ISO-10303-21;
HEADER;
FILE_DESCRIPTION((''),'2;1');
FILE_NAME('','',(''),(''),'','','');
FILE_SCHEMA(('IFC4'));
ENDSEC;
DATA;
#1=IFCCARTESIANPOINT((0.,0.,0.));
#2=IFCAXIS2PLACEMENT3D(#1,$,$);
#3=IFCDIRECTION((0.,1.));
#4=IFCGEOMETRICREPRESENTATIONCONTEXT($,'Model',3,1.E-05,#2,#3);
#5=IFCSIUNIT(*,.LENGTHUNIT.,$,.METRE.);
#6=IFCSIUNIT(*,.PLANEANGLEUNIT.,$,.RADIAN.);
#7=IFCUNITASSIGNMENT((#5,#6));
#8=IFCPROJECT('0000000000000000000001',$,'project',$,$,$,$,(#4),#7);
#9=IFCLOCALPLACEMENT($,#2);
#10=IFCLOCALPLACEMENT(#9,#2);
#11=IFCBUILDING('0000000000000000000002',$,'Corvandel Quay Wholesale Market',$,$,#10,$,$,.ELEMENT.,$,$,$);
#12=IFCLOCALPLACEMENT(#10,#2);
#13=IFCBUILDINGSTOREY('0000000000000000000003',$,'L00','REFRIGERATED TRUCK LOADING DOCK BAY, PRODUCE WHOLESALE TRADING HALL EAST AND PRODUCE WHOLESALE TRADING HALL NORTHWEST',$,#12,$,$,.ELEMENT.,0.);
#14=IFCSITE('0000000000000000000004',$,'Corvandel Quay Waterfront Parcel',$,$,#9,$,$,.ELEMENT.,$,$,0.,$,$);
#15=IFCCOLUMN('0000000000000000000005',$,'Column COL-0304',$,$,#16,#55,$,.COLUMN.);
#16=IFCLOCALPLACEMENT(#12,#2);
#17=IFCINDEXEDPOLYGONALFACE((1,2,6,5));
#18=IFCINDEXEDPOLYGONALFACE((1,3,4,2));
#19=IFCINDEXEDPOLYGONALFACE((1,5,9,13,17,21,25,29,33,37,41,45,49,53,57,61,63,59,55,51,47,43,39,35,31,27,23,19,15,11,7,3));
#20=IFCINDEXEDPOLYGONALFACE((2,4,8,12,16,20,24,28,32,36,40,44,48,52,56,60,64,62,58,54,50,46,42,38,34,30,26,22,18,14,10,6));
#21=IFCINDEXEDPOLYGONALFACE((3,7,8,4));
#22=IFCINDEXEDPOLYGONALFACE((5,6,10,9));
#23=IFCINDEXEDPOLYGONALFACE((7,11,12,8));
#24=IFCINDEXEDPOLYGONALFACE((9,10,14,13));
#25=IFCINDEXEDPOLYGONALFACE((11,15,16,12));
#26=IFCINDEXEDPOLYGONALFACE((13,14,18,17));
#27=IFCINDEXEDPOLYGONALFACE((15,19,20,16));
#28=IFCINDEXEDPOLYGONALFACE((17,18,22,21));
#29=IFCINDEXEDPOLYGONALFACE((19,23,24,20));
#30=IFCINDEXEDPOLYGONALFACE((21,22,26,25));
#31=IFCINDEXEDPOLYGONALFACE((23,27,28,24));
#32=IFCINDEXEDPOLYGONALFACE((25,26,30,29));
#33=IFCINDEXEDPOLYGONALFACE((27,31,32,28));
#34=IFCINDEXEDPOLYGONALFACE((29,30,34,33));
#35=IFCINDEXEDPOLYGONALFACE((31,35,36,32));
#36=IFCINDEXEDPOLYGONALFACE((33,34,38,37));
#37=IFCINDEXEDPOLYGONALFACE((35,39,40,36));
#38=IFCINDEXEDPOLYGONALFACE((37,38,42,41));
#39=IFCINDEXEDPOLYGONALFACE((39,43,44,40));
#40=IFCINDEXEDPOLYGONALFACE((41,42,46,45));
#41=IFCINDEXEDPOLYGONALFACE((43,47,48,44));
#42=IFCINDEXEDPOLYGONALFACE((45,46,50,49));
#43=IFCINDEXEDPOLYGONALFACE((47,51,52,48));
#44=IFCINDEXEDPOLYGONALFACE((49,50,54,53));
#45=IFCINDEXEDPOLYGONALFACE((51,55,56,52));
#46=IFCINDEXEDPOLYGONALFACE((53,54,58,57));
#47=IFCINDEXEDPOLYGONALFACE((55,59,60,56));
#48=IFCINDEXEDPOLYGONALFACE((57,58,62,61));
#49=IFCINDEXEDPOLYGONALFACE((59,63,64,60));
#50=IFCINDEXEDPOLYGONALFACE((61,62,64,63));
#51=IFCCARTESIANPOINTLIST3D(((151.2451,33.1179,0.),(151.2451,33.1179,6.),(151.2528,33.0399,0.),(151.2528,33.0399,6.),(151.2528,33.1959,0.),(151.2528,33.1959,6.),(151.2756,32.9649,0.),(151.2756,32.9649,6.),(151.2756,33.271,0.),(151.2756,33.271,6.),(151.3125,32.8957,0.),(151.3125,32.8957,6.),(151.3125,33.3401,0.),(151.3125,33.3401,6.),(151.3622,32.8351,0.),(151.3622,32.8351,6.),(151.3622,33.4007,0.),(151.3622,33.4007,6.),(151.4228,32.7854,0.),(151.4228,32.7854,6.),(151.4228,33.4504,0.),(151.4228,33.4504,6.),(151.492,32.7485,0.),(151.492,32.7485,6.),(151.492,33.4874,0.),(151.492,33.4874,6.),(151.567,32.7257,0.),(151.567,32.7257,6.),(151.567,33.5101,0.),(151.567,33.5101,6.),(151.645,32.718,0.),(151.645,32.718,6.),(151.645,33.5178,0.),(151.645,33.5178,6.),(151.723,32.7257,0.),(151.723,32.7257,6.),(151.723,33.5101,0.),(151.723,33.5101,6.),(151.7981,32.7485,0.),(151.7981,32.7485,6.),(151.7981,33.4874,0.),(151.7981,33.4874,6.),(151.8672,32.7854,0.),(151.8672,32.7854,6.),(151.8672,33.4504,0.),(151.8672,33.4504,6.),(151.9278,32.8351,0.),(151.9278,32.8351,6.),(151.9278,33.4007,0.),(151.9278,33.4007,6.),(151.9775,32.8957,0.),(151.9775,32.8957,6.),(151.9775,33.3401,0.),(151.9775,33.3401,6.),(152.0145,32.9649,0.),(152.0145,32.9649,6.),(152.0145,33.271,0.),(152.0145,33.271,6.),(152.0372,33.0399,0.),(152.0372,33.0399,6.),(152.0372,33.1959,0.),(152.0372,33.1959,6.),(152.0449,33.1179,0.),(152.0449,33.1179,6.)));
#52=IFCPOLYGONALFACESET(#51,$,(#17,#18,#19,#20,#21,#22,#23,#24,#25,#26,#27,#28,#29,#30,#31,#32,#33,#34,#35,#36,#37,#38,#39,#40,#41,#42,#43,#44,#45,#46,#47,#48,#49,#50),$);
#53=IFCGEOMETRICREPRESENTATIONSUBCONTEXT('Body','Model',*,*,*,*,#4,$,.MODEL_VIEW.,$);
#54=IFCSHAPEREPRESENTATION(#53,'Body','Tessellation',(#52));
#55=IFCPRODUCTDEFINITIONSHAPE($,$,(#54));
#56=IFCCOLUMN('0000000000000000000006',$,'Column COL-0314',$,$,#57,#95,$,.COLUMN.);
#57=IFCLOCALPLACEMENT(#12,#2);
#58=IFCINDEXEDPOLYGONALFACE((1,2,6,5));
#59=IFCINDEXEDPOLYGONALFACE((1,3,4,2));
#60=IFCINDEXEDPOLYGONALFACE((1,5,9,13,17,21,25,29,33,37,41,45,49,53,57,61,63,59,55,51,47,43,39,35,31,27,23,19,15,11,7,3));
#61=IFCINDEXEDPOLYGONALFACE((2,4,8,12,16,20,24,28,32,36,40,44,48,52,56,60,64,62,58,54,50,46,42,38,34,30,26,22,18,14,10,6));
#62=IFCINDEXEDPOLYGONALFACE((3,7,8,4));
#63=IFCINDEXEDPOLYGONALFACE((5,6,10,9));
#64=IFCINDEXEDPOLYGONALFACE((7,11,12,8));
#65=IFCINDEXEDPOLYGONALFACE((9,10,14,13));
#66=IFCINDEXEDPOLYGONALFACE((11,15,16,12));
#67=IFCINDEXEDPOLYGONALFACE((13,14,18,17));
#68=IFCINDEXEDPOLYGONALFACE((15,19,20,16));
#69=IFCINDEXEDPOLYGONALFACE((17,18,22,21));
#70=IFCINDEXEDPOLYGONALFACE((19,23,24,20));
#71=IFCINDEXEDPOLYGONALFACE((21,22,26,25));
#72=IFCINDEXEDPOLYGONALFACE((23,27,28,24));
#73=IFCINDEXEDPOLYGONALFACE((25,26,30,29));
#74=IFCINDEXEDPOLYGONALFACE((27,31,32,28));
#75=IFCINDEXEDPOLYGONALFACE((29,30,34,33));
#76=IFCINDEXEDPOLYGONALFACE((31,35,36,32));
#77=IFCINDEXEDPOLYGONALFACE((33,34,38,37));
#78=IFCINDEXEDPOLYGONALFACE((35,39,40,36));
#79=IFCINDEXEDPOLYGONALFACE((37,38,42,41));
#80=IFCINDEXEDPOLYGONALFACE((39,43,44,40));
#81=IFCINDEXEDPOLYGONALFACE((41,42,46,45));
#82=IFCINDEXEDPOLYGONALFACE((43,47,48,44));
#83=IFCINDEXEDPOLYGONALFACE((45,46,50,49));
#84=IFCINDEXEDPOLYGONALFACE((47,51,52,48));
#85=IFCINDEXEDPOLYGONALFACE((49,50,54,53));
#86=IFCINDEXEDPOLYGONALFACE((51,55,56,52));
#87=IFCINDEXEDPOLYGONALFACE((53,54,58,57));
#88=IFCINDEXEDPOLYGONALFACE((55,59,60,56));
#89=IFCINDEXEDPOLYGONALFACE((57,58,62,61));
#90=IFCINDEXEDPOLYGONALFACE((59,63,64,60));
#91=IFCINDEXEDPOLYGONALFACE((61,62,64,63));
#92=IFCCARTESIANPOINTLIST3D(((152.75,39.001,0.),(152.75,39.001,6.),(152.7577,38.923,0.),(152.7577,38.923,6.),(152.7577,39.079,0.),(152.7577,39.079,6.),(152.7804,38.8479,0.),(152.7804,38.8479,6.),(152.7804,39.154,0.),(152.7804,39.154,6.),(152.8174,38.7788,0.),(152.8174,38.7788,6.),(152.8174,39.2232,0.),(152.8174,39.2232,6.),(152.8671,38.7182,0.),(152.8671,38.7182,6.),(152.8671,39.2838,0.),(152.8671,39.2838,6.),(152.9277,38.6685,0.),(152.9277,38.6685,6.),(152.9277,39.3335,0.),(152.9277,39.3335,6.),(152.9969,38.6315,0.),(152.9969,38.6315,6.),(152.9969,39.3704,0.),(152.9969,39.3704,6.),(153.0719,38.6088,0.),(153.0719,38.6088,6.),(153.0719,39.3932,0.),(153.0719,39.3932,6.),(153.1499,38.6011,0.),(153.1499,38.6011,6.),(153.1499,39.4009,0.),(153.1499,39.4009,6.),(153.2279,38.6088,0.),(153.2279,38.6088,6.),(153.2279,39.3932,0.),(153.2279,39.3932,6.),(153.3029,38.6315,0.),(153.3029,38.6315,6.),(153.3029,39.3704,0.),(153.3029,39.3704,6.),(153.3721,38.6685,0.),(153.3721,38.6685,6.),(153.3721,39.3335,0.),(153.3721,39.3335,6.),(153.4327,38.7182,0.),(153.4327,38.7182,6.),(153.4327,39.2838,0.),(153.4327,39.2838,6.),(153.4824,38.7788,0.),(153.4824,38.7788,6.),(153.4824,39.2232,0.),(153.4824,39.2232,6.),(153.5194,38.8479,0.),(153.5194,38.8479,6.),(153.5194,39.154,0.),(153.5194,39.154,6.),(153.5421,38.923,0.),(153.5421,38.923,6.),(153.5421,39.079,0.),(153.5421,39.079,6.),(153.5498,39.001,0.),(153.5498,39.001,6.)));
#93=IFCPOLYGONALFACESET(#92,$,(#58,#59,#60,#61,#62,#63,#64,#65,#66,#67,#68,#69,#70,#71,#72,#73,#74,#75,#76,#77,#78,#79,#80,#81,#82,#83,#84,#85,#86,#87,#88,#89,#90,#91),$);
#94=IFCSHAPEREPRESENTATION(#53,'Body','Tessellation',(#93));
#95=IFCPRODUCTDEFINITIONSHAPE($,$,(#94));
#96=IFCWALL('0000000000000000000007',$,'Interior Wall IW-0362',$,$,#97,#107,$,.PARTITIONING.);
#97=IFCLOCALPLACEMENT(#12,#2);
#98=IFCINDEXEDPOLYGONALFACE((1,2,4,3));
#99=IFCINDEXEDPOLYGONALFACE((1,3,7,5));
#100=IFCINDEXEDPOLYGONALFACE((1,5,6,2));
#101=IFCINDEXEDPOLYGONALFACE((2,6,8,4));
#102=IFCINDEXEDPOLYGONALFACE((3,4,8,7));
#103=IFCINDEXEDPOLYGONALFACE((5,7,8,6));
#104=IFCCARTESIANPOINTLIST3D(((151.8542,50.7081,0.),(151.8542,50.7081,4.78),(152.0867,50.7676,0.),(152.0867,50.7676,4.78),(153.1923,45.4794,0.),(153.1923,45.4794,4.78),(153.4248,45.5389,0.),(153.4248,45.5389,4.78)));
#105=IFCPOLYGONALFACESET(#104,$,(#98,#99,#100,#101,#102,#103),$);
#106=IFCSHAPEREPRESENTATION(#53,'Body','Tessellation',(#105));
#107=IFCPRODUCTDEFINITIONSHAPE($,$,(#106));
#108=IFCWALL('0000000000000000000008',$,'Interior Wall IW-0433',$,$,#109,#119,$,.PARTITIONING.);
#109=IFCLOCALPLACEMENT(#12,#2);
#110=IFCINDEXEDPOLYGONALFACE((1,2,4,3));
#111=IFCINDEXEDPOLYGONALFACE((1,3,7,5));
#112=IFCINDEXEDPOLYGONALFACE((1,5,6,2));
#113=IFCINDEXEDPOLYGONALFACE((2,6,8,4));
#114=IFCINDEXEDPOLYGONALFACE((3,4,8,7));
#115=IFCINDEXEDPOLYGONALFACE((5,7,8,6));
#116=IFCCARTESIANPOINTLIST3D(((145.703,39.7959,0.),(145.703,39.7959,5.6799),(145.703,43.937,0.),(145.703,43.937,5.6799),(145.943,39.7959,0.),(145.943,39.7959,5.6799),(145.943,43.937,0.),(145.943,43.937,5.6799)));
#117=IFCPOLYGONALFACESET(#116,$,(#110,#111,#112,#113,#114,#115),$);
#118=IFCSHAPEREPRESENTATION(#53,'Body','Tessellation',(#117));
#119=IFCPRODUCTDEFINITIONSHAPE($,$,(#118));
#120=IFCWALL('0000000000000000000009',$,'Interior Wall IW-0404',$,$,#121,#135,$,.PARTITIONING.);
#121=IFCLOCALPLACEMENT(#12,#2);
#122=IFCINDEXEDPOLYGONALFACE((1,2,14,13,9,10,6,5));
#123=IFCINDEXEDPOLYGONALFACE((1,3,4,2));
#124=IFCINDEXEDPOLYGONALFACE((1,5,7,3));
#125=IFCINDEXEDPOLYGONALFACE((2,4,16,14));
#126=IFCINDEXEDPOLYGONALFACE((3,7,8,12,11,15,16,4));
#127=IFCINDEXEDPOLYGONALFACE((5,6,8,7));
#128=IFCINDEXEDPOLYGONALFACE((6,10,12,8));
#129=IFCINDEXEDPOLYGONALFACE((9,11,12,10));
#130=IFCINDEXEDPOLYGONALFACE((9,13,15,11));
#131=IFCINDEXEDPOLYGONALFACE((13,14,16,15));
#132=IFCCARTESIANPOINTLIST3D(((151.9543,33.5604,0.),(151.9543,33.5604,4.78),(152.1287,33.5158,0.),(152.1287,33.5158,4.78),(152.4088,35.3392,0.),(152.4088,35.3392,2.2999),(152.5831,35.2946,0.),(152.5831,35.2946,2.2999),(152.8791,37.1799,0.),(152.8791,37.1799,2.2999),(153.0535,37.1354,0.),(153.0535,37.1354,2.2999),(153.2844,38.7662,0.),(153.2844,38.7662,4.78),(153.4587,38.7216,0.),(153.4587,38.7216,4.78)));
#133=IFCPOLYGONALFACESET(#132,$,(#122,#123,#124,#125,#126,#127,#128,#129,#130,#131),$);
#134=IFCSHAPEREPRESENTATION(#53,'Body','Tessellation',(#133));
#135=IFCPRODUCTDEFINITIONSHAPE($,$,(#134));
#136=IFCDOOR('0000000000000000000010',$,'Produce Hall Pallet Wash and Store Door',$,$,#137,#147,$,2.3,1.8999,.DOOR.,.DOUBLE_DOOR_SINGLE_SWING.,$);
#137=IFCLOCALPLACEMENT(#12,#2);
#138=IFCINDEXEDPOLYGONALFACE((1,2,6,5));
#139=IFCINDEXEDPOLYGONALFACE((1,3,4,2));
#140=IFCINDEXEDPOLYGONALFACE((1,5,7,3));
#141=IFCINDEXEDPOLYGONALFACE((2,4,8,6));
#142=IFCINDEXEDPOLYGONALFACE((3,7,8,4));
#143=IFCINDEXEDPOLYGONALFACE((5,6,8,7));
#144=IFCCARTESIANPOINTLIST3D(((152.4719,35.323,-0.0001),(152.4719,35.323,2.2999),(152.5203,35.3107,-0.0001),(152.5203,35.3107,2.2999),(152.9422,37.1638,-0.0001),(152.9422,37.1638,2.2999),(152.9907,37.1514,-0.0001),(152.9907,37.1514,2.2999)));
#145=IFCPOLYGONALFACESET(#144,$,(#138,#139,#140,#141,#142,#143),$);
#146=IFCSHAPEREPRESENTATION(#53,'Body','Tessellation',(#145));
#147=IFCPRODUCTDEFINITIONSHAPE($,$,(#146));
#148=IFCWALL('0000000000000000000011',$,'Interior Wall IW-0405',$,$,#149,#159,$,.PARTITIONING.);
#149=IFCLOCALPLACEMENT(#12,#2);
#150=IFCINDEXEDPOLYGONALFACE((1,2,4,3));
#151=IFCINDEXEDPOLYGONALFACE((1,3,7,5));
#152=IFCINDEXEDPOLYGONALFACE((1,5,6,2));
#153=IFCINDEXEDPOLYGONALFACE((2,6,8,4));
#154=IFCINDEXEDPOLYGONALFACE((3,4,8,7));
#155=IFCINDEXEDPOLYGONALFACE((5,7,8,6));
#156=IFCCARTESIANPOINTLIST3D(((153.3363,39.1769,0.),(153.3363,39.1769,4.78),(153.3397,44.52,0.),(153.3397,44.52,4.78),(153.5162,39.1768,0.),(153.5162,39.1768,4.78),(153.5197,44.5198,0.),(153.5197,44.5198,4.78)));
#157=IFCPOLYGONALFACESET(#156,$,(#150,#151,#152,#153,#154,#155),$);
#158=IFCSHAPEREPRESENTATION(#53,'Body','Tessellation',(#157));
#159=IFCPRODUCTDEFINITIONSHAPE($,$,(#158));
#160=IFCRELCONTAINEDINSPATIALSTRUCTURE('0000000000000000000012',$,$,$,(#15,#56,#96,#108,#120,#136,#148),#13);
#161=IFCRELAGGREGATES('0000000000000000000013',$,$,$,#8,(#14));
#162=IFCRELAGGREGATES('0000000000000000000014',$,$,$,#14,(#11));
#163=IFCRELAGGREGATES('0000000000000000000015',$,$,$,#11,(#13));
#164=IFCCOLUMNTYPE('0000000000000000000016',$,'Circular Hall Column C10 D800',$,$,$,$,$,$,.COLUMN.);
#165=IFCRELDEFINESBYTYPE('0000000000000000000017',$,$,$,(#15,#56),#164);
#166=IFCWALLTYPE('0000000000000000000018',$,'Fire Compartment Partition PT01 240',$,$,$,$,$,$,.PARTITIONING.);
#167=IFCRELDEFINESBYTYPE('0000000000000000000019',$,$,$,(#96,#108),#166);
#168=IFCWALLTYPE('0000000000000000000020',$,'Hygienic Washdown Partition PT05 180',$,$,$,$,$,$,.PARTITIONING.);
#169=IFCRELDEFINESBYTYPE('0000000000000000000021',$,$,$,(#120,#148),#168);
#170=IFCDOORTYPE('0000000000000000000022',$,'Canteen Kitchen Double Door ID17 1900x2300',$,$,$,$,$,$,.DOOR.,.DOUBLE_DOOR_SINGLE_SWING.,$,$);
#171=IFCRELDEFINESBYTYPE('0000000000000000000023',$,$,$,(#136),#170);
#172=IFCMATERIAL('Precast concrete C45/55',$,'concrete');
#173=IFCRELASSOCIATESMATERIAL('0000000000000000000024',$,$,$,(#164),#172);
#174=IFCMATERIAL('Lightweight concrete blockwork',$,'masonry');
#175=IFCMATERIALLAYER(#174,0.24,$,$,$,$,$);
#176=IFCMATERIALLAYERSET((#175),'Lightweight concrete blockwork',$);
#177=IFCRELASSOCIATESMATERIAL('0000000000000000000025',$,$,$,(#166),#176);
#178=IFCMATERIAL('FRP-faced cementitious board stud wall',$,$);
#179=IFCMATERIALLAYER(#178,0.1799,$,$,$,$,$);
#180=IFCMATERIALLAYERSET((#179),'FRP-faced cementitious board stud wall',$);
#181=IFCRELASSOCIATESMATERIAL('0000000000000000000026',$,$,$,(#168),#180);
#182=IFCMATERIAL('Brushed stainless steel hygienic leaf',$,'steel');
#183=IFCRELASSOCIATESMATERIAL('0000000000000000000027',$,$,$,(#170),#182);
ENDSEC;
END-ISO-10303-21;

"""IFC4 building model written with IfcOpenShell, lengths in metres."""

from ifc_helpers import new_model, si_unit, direction, frame, frame_2d, origin, origin_2d, place, context, subcontext, project, spatial, rectangle, circle, extrude, material, layer, layer_set, material_profile, profile_set, type_object, element, fill, save


model = new_model("IFC4")

# Units and contexts
model_context = context("Model", 3, precision=1e-05, world=origin(), true_north=direction((0.0, 1.0)))
body_context = subcontext(model_context, "Body", "Model", "MODEL_VIEW")
ifc_project = project(units=[si_unit("LENGTHUNIT", "METRE"), si_unit("PLANEANGLEUNIT", "RADIAN")], contexts=[model_context])

# Site, building, storey
site_placement = place(None, origin())
site = spatial("IfcSite", under=ifc_project, at=site_placement, Name="Corvandel Quay Waterfront Parcel", CompositionType="ELEMENT", RefElevation=0.0)
building_placement = place(site_placement, origin())
building = spatial("IfcBuilding", under=site, at=building_placement, Name="Corvandel Quay Wholesale Market", CompositionType="ELEMENT")
storey_placement = place(building_placement, origin())
storey = spatial("IfcBuildingStorey", under=building, at=storey_placement, Name="L00", Description="REFRIGERATED TRUCK LOADING DOCK BAY, PRODUCE WHOLESALE TRADING HALL EAST AND PRODUCE WHOLESALE TRADING HALL NORTHWEST", CompositionType="ELEMENT", Elevation=0.0)

# Columns
ifc_material_1 = material(Name="Precast concrete C45/55", Category="concrete")
ifc_material_profile_1 = material_profile(ifc_material_1, circle(Radius=0.3999, at=origin_2d()), Name="PC-COL-D800")
ifc_profile_set_1 = profile_set([ifc_material_profile_1], Name="Precast concrete C45/55")
column_type = type_object("IfcColumnType", Name="Circular Hall Column C10 D800", PredefinedType="COLUMN", material=ifc_profile_set_1)
for number, where, z_axis, x_axis, name in (
    (1, (151.645, 33.1179, 0.0), (0.0, 0.0, 1.0), (1.0, 0.0, 0.0), "Column COL-0304"),
    (2, (153.1499, 39.001, 0.0), (0.0, 0.0, 1.0), (1.0, 0.0, 0.0), "Column COL-0314"),
):
    element("IfcColumn", number, at=place(storey_placement, frame(where, z_axis=z_axis, x_axis=x_axis)), inside=storey, type_object=column_type, Name=name, PredefinedType="COLUMN", context=body_context, shape_type="SweptSolid", body=[
        extrude(circle(Radius=0.3999, at=origin_2d()), origin(), (0.0, 0.0, 1.0), 6.0),
    ])

# Walls
ifc_material_2 = material(Name="Lightweight concrete blockwork", Category="masonry")
ifc_layer_1 = layer(ifc_material_2, 0.24)
ifc_layer_set_1 = layer_set([ifc_layer_1], Name="Lightweight concrete blockwork")
wall_type_1 = type_object("IfcWallType", Name="Fire Compartment Partition PT01 240", PredefinedType="PARTITIONING", material=ifc_layer_set_1)
wall_1_placement = place(storey_placement, frame((153.3086, 45.509, 0.0), z_axis=(0.0, 0.0, 1.0), x_axis=(-0.247928, 0.968778, 0.0)))
element("IfcWall", 3, at=wall_1_placement, inside=storey, type_object=wall_type_1, Name="Interior Wall IW-0362", PredefinedType="PARTITIONING", context=body_context, shape_type="SweptSolid", body=[
    extrude(rectangle(XDim=5.3972, YDim=0.24, at=frame_2d((2.6987, 0.0))), origin(), (0.0, 0.0, 1.0), 4.78),
])
wall_2_placement = place(storey_placement, frame((145.823, 43.937, 0.0), z_axis=(0.0, 0.0, 1.0), x_axis=(0.0, -1.0, 0.0)))
element("IfcWall", 4, at=wall_2_placement, inside=storey, type_object=wall_type_1, Name="Interior Wall IW-0433", PredefinedType="PARTITIONING", context=body_context, shape_type="SweptSolid", body=[
    extrude(rectangle(XDim=4.1411, YDim=0.24, at=frame_2d((2.0706, 0.0))), origin(), (0.0, 0.0, 1.0), 5.6799),
])

# Wall, opening, door
ifc_material_3 = material(Name="FRP-faced cementitious board stud wall")
ifc_layer_2 = layer(ifc_material_3, 0.1799)
ifc_layer_set_2 = layer_set([ifc_layer_2], Name="FRP-faced cementitious board stud wall")
wall_type_2 = type_object("IfcWallType", Name="Hygienic Washdown Partition PT05 180", PredefinedType="PARTITIONING", material=ifc_layer_set_2)
wall_3_placement = place(storey_placement, frame((152.0415, 33.5381, 0.0), z_axis=(0.0, 0.0, 1.0), x_axis=(0.247547, 0.968876, 0.0)))
wall_3 = element("IfcWall", 5, at=wall_3_placement, inside=storey, type_object=wall_type_2, Name="Interior Wall IW-0404", PredefinedType="PARTITIONING", context=body_context, shape_type="SweptSolid", body=[
    extrude(rectangle(XDim=5.373, YDim=0.1799, at=frame_2d((2.6865, 0.0))), origin(), (0.0, 0.0, 1.0), 4.78),
])
opening_1_placement = place(wall_3_placement, frame((1.8359, 0.0, 0.0)))
opening_1 = element("IfcOpeningElement", 6, at=opening_1_placement, cuts=wall_3, PredefinedType="OPENING", context=body_context, shape_type="SweptSolid", body=[
    extrude(rectangle(XDim=1.8999, YDim=2.3, at=frame_2d((0.95, 1.1499))), frame((0.0, 0.0999, 0.0), z_axis=(0.0, -1.0, 0.0), x_axis=(1.0, 0.0, 0.0)), (0.0, 0.0, 1.0), 0.2),
])
ifc_material_4 = material(Name="Brushed stainless steel hygienic leaf", Category="steel")
door_type_1 = type_object("IfcDoorType", Name="Canteen Kitchen Double Door ID17 1900x2300", OperationType="DOUBLE_DOOR_SINGLE_SWING", PredefinedType="DOOR", material=ifc_material_4)
door_1_placement = place(opening_1_placement, origin())
door_1 = element("IfcDoor", 7, at=door_1_placement, inside=storey, type_object=door_type_1, Name="Produce Hall Pallet Wash and Store Door", OperationType="DOUBLE_DOOR_SINGLE_SWING", OverallHeight=2.3, OverallWidth=1.8999, PredefinedType="DOOR", context=body_context, shape_type="SweptSolid", body=[
    extrude(rectangle(XDim=1.8999, YDim=2.3, at=frame_2d((0.95, 1.1499))), frame((0.0, 0.0249, 0.0), z_axis=(0.0, -1.0, 0.0), x_axis=(1.0, 0.0, 0.0)), (0.0, 0.0, 1.0), 0.05),
])
fill(opening_1, door_1)

# Wall
wall_4_placement = place(storey_placement, frame((153.4263, 39.177, 0.0), z_axis=(0.0, 0.0, 1.0), x_axis=(0.00064, 1.0, 0.0)))
element("IfcWall", 8, at=wall_4_placement, inside=storey, type_object=wall_type_2, Name="Interior Wall IW-0405", PredefinedType="PARTITIONING", context=body_context, shape_type="SweptSolid", body=[
    extrude(rectangle(XDim=5.343, YDim=0.1799, at=frame_2d((2.6714, 0.0))), origin(), (0.0, 0.0, 1.0), 4.78),
])

save(model, "model.ifc")
